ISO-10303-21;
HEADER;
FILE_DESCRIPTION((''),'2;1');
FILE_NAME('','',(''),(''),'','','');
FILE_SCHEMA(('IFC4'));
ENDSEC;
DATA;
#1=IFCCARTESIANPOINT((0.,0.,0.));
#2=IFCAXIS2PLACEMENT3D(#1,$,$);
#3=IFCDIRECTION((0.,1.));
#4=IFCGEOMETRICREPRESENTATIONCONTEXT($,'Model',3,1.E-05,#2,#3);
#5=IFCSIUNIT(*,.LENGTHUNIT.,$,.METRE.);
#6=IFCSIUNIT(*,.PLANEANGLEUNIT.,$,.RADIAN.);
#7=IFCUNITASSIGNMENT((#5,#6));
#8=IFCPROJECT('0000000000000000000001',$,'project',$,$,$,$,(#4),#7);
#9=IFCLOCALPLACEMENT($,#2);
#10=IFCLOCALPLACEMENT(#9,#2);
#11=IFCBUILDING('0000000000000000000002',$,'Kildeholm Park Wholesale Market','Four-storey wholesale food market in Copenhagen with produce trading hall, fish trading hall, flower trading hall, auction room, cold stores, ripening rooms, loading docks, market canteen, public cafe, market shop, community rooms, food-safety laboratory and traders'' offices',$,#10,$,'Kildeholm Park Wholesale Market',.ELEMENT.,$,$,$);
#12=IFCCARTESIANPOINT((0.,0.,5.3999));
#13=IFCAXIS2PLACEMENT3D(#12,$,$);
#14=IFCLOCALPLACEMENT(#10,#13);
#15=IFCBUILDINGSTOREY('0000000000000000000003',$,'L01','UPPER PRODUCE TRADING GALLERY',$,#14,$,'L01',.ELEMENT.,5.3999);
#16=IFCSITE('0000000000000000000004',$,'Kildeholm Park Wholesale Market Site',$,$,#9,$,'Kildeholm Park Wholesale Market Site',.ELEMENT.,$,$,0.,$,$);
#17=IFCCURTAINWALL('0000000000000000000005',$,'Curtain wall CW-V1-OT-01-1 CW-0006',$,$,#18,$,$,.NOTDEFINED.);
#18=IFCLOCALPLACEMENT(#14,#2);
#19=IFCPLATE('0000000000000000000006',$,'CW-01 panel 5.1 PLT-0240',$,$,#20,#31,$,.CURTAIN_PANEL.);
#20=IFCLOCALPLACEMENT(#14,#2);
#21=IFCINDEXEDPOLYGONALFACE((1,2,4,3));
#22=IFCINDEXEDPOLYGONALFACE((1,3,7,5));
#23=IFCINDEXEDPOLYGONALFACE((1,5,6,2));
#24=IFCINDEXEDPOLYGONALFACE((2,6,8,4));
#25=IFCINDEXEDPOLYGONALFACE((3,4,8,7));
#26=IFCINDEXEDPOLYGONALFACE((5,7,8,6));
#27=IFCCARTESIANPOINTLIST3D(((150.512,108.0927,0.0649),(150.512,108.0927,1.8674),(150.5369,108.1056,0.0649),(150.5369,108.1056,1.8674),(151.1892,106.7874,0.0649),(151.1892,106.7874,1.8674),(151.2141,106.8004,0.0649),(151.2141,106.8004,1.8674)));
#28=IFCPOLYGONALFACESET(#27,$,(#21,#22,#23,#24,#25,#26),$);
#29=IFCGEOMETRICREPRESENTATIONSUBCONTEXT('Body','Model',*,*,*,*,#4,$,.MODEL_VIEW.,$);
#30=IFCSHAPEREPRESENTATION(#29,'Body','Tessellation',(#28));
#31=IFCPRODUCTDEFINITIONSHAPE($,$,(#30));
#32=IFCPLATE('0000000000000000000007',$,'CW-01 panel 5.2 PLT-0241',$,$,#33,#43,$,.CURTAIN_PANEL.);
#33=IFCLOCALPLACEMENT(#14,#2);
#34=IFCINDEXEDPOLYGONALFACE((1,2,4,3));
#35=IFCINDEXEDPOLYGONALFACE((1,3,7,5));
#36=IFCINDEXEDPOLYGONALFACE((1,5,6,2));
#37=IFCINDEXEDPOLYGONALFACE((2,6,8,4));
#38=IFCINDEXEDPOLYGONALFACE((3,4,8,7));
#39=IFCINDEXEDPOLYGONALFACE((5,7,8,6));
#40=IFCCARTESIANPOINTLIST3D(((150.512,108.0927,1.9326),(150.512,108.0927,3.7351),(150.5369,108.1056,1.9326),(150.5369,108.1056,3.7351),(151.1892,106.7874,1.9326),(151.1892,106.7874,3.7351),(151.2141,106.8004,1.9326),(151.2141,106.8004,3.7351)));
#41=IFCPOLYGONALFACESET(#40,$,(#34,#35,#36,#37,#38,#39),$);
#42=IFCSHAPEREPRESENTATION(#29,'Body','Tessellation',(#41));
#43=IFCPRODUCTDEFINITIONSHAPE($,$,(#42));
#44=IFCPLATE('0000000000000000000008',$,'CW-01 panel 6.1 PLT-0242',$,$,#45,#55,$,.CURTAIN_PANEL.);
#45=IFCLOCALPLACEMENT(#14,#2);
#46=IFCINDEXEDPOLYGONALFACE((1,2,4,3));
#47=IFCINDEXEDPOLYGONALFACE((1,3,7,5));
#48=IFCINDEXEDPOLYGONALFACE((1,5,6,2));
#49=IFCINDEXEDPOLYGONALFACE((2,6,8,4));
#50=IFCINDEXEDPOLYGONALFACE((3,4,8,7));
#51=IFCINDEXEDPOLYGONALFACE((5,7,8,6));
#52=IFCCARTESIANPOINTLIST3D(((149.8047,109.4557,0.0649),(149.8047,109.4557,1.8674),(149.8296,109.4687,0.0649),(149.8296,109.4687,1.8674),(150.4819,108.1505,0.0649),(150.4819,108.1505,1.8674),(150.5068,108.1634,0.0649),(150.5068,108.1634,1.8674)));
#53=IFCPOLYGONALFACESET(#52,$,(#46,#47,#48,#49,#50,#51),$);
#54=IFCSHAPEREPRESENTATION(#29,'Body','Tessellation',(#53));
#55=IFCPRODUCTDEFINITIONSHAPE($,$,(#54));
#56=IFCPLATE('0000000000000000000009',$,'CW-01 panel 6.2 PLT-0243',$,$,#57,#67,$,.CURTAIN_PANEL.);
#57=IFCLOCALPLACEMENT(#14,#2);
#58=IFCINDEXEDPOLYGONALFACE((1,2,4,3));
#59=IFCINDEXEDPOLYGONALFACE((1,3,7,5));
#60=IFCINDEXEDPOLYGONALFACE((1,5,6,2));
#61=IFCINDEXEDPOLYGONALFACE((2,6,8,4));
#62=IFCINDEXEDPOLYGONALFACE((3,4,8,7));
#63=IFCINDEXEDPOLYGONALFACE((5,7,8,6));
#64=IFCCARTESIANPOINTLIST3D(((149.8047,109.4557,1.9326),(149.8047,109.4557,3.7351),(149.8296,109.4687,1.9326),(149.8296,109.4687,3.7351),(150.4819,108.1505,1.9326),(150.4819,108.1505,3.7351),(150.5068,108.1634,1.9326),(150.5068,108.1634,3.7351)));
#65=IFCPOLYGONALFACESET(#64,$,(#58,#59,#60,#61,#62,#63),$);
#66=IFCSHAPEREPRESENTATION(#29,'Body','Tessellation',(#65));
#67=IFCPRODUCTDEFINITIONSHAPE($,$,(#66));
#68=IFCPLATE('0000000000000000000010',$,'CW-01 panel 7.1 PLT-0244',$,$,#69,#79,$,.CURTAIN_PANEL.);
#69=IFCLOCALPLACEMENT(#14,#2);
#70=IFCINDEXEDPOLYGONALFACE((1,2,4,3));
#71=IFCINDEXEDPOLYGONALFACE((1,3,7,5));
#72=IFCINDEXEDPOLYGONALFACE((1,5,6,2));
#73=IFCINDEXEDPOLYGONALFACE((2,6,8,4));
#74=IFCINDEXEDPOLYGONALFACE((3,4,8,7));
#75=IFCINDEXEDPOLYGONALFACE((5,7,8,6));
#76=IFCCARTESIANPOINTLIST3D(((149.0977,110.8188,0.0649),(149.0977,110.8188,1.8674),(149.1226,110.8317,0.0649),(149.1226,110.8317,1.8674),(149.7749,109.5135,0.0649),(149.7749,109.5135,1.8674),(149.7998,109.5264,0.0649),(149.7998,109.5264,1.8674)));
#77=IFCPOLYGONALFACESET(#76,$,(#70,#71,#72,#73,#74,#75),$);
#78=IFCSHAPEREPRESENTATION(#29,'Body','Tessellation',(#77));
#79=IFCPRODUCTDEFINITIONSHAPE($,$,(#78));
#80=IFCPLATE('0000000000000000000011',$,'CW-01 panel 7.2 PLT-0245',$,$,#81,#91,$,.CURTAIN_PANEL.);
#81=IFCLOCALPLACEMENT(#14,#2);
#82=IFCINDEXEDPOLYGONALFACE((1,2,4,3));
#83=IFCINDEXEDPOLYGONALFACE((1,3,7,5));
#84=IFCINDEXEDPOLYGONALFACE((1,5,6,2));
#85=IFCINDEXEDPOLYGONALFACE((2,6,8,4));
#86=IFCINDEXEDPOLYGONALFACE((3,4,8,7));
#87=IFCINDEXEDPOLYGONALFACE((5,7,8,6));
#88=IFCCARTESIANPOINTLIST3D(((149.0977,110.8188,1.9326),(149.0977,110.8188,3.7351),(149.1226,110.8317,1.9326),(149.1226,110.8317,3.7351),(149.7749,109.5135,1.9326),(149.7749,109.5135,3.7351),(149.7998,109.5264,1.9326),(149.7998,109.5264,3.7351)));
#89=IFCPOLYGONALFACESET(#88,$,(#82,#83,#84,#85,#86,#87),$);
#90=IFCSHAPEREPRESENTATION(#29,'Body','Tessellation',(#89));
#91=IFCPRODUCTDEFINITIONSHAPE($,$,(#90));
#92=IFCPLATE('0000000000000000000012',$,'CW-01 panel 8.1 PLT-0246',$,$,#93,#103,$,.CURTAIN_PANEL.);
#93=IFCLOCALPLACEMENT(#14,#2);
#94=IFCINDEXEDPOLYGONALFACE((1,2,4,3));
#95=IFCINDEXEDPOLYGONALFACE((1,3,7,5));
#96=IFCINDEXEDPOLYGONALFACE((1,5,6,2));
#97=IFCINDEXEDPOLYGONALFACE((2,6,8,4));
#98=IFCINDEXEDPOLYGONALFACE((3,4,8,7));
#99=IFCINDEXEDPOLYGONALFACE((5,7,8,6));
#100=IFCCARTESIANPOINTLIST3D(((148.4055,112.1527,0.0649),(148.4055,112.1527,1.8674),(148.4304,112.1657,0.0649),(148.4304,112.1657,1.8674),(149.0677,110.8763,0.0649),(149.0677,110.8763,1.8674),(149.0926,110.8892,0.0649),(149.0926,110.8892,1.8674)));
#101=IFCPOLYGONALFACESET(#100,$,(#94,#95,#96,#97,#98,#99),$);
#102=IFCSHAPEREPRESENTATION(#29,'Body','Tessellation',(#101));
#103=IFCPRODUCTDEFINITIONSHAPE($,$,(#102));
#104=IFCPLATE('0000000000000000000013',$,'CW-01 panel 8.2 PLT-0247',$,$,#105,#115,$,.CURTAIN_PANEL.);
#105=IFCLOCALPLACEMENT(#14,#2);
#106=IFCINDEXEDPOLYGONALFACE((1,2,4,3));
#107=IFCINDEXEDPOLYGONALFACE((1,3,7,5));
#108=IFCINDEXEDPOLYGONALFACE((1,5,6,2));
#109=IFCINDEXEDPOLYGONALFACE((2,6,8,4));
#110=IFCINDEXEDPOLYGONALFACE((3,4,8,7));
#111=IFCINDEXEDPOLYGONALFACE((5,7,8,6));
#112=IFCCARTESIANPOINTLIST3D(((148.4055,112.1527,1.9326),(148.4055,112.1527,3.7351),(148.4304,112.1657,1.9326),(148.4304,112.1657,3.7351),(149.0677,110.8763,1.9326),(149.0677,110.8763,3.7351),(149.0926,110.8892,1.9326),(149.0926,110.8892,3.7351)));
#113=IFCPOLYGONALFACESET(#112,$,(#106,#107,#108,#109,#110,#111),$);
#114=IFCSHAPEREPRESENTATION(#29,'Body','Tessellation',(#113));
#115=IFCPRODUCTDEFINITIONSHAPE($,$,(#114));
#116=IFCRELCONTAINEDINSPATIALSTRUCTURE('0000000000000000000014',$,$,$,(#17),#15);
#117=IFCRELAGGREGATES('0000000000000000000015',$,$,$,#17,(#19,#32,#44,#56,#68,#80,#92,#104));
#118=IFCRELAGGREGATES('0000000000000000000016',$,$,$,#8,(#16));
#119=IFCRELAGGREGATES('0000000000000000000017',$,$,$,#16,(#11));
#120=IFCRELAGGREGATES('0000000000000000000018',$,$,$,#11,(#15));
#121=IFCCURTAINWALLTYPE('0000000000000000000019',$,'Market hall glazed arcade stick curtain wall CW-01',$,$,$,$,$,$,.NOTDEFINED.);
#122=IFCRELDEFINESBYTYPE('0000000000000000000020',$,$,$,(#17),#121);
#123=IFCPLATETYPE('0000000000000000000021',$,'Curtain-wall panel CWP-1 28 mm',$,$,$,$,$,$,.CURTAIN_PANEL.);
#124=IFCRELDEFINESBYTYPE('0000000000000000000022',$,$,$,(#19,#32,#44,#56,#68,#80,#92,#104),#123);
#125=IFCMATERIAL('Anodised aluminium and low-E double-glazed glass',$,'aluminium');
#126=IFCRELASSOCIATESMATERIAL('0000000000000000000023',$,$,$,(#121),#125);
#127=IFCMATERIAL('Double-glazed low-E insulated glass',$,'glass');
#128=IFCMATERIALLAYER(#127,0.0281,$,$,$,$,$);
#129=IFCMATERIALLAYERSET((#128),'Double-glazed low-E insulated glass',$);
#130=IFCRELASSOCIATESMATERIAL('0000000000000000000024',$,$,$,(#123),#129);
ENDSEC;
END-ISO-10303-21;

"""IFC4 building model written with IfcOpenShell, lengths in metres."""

from ifc_helpers import new_model, si_unit, direction, frame, origin, origin_2d, place, context, subcontext, project, spatial, rectangle, extrude, material, layer, layer_set, type_object, element, aggregate, save


model = new_model("IFC4")

# Units and contexts
model_context = context("Model", 3, precision=1e-05, world=origin(), true_north=direction((0.0, 1.0)))
body_context = subcontext(model_context, "Body", "Model", "MODEL_VIEW")
ifc_project = project(units=[si_unit("LENGTHUNIT", "METRE"), si_unit("PLANEANGLEUNIT", "RADIAN")], contexts=[model_context])

# Site, building, storey
site_placement = place(None, origin())
site = spatial("IfcSite", under=ifc_project, at=site_placement, Name="Kildeholm Park Wholesale Market Site", LongName="Kildeholm Park Wholesale Market Site", CompositionType="ELEMENT", RefElevation=0.0)
building_placement = place(site_placement, origin())
building = spatial("IfcBuilding", under=site, at=building_placement, Name="Kildeholm Park Wholesale Market", Description="Four-storey wholesale food market in Copenhagen with produce trading hall, fish trading hall, flower trading hall, auction room, cold stores, ripening rooms, loading docks, market canteen, public cafe, market shop, community rooms, food-safety laboratory and traders' offices", LongName="Kildeholm Park Wholesale Market", CompositionType="ELEMENT")
storey_placement = place(building_placement, frame((0.0, 0.0, 5.3999)))
storey = spatial("IfcBuildingStorey", under=building, at=storey_placement, Name="L01", Description="UPPER PRODUCE TRADING GALLERY", LongName="L01", CompositionType="ELEMENT", Elevation=5.3999)

# Curtain wall
ifc_material_1 = material(Name="Anodised aluminium and low-E double-glazed glass", Category="aluminium")
curtain_wall_type = type_object("IfcCurtainWallType", Name="Market hall glazed arcade stick curtain wall CW-01", PredefinedType="NOTDEFINED", material=ifc_material_1)
curtain_wall_1_placement = place(storey_placement, origin())
curtain_wall_1 = element("IfcCurtainWall", 1, at=curtain_wall_1_placement, inside=storey, type_object=curtain_wall_type, Name="Curtain wall CW-V1-OT-01-1 CW-0006", PredefinedType="NOTDEFINED")

# Plates
ifc_material_2 = material(Name="Double-glazed low-E insulated glass", Category="glass")
ifc_layer = layer(ifc_material_2, 0.0281)
ifc_layer_set = layer_set([ifc_layer], Name="Double-glazed low-E insulated glass")
plate_type = type_object("IfcPlateType", Name="Curtain-wall panel CWP-1 28 mm", PredefinedType="CURTAIN_PANEL", material=ifc_layer_set)
plate_1_placement = place(storey_placement, frame((150.863, 107.4465, 0.0649), z_axis=(0.0, 0.0, 1.0), x_axis=(-0.460514, 0.887652, 0.0)))
plate_1 = element("IfcPlate", 2, at=plate_1_placement, type_object=plate_type, Name="CW-01 panel 5.1 PLT-0240", PredefinedType="CURTAIN_PANEL", context=body_context, shape_type="SweptSolid", body=[
    extrude(rectangle(XDim=1.4705, YDim=0.0281, at=origin_2d()), origin(), (0.0, 0.0, 1.0), 1.8025),
])
plate_2_placement = place(storey_placement, frame((150.863, 107.4465, 1.9326), z_axis=(0.0, 0.0, 1.0), x_axis=(-0.460514, 0.887652, 0.0)))
plate_2 = element("IfcPlate", 3, at=plate_2_placement, type_object=plate_type, Name="CW-01 panel 5.2 PLT-0241", PredefinedType="CURTAIN_PANEL", context=body_context, shape_type="SweptSolid", body=[
    extrude(rectangle(XDim=1.4705, YDim=0.0281, at=origin_2d()), origin(), (0.0, 0.0, 1.0), 1.8025),
])
plate_3_placement = place(storey_placement, frame((150.1558, 108.8096, 0.0649), z_axis=(0.0, 0.0, 1.0), x_axis=(-0.460514, 0.887652, 0.0)))
plate_3 = element("IfcPlate", 4, at=plate_3_placement, type_object=plate_type, Name="CW-01 panel 6.1 PLT-0242", PredefinedType="CURTAIN_PANEL", context=body_context, shape_type="SweptSolid", body=[
    extrude(rectangle(XDim=1.4705, YDim=0.0281, at=origin_2d()), origin(), (0.0, 0.0, 1.0), 1.8025),
])
plate_4_placement = place(storey_placement, frame((150.1558, 108.8096, 1.9326), z_axis=(0.0, 0.0, 1.0), x_axis=(-0.460514, 0.887652, 0.0)))
plate_4 = element("IfcPlate", 5, at=plate_4_placement, type_object=plate_type, Name="CW-01 panel 6.2 PLT-0243", PredefinedType="CURTAIN_PANEL", context=body_context, shape_type="SweptSolid", body=[
    extrude(rectangle(XDim=1.4705, YDim=0.0281, at=origin_2d()), origin(), (0.0, 0.0, 1.0), 1.8025),
])
plate_5_placement = place(storey_placement, frame((149.4487, 110.1726, 0.0649), z_axis=(0.0, 0.0, 1.0), x_axis=(-0.460514, 0.887652, 0.0)))
plate_5 = element("IfcPlate", 6, at=plate_5_placement, type_object=plate_type, Name="CW-01 panel 7.1 PLT-0244", PredefinedType="CURTAIN_PANEL", context=body_context, shape_type="SweptSolid", body=[
    extrude(rectangle(XDim=1.4705, YDim=0.0281, at=origin_2d()), origin(), (0.0, 0.0, 1.0), 1.8025),
])
plate_6_placement = place(storey_placement, frame((149.4487, 110.1726, 1.9326), z_axis=(0.0, 0.0, 1.0), x_axis=(-0.460514, 0.887652, 0.0)))
plate_6 = element("IfcPlate", 7, at=plate_6_placement, type_object=plate_type, Name="CW-01 panel 7.2 PLT-0245", PredefinedType="CURTAIN_PANEL", context=body_context, shape_type="SweptSolid", body=[
    extrude(rectangle(XDim=1.4705, YDim=0.0281, at=origin_2d()), origin(), (0.0, 0.0, 1.0), 1.8025),
])
plate_7_placement = place(storey_placement, frame((148.749, 111.521, 0.0649), z_axis=(0.0, 0.0, 1.0), x_axis=(-0.460514, 0.887652, 0.0)))
plate_7 = element("IfcPlate", 8, at=plate_7_placement, type_object=plate_type, Name="CW-01 panel 8.1 PLT-0246", PredefinedType="CURTAIN_PANEL", context=body_context, shape_type="SweptSolid", body=[
    extrude(rectangle(XDim=1.438, YDim=0.0281, at=origin_2d()), origin(), (0.0, 0.0, 1.0), 1.8025),
])
plate_8_placement = place(storey_placement, frame((148.749, 111.521, 1.9326), z_axis=(0.0, 0.0, 1.0), x_axis=(-0.460514, 0.887652, 0.0)))
plate_8 = element("IfcPlate", 9, at=plate_8_placement, type_object=plate_type, Name="CW-01 panel 8.2 PLT-0247", PredefinedType="CURTAIN_PANEL", context=body_context, shape_type="SweptSolid", body=[
    extrude(rectangle(XDim=1.438, YDim=0.0281, at=origin_2d()), origin(), (0.0, 0.0, 1.0), 1.8025),
])
aggregate(curtain_wall_1, [plate_1, plate_2, plate_3, plate_4, plate_5, plate_6, plate_7, plate_8])

save(model, "model.ifc")
